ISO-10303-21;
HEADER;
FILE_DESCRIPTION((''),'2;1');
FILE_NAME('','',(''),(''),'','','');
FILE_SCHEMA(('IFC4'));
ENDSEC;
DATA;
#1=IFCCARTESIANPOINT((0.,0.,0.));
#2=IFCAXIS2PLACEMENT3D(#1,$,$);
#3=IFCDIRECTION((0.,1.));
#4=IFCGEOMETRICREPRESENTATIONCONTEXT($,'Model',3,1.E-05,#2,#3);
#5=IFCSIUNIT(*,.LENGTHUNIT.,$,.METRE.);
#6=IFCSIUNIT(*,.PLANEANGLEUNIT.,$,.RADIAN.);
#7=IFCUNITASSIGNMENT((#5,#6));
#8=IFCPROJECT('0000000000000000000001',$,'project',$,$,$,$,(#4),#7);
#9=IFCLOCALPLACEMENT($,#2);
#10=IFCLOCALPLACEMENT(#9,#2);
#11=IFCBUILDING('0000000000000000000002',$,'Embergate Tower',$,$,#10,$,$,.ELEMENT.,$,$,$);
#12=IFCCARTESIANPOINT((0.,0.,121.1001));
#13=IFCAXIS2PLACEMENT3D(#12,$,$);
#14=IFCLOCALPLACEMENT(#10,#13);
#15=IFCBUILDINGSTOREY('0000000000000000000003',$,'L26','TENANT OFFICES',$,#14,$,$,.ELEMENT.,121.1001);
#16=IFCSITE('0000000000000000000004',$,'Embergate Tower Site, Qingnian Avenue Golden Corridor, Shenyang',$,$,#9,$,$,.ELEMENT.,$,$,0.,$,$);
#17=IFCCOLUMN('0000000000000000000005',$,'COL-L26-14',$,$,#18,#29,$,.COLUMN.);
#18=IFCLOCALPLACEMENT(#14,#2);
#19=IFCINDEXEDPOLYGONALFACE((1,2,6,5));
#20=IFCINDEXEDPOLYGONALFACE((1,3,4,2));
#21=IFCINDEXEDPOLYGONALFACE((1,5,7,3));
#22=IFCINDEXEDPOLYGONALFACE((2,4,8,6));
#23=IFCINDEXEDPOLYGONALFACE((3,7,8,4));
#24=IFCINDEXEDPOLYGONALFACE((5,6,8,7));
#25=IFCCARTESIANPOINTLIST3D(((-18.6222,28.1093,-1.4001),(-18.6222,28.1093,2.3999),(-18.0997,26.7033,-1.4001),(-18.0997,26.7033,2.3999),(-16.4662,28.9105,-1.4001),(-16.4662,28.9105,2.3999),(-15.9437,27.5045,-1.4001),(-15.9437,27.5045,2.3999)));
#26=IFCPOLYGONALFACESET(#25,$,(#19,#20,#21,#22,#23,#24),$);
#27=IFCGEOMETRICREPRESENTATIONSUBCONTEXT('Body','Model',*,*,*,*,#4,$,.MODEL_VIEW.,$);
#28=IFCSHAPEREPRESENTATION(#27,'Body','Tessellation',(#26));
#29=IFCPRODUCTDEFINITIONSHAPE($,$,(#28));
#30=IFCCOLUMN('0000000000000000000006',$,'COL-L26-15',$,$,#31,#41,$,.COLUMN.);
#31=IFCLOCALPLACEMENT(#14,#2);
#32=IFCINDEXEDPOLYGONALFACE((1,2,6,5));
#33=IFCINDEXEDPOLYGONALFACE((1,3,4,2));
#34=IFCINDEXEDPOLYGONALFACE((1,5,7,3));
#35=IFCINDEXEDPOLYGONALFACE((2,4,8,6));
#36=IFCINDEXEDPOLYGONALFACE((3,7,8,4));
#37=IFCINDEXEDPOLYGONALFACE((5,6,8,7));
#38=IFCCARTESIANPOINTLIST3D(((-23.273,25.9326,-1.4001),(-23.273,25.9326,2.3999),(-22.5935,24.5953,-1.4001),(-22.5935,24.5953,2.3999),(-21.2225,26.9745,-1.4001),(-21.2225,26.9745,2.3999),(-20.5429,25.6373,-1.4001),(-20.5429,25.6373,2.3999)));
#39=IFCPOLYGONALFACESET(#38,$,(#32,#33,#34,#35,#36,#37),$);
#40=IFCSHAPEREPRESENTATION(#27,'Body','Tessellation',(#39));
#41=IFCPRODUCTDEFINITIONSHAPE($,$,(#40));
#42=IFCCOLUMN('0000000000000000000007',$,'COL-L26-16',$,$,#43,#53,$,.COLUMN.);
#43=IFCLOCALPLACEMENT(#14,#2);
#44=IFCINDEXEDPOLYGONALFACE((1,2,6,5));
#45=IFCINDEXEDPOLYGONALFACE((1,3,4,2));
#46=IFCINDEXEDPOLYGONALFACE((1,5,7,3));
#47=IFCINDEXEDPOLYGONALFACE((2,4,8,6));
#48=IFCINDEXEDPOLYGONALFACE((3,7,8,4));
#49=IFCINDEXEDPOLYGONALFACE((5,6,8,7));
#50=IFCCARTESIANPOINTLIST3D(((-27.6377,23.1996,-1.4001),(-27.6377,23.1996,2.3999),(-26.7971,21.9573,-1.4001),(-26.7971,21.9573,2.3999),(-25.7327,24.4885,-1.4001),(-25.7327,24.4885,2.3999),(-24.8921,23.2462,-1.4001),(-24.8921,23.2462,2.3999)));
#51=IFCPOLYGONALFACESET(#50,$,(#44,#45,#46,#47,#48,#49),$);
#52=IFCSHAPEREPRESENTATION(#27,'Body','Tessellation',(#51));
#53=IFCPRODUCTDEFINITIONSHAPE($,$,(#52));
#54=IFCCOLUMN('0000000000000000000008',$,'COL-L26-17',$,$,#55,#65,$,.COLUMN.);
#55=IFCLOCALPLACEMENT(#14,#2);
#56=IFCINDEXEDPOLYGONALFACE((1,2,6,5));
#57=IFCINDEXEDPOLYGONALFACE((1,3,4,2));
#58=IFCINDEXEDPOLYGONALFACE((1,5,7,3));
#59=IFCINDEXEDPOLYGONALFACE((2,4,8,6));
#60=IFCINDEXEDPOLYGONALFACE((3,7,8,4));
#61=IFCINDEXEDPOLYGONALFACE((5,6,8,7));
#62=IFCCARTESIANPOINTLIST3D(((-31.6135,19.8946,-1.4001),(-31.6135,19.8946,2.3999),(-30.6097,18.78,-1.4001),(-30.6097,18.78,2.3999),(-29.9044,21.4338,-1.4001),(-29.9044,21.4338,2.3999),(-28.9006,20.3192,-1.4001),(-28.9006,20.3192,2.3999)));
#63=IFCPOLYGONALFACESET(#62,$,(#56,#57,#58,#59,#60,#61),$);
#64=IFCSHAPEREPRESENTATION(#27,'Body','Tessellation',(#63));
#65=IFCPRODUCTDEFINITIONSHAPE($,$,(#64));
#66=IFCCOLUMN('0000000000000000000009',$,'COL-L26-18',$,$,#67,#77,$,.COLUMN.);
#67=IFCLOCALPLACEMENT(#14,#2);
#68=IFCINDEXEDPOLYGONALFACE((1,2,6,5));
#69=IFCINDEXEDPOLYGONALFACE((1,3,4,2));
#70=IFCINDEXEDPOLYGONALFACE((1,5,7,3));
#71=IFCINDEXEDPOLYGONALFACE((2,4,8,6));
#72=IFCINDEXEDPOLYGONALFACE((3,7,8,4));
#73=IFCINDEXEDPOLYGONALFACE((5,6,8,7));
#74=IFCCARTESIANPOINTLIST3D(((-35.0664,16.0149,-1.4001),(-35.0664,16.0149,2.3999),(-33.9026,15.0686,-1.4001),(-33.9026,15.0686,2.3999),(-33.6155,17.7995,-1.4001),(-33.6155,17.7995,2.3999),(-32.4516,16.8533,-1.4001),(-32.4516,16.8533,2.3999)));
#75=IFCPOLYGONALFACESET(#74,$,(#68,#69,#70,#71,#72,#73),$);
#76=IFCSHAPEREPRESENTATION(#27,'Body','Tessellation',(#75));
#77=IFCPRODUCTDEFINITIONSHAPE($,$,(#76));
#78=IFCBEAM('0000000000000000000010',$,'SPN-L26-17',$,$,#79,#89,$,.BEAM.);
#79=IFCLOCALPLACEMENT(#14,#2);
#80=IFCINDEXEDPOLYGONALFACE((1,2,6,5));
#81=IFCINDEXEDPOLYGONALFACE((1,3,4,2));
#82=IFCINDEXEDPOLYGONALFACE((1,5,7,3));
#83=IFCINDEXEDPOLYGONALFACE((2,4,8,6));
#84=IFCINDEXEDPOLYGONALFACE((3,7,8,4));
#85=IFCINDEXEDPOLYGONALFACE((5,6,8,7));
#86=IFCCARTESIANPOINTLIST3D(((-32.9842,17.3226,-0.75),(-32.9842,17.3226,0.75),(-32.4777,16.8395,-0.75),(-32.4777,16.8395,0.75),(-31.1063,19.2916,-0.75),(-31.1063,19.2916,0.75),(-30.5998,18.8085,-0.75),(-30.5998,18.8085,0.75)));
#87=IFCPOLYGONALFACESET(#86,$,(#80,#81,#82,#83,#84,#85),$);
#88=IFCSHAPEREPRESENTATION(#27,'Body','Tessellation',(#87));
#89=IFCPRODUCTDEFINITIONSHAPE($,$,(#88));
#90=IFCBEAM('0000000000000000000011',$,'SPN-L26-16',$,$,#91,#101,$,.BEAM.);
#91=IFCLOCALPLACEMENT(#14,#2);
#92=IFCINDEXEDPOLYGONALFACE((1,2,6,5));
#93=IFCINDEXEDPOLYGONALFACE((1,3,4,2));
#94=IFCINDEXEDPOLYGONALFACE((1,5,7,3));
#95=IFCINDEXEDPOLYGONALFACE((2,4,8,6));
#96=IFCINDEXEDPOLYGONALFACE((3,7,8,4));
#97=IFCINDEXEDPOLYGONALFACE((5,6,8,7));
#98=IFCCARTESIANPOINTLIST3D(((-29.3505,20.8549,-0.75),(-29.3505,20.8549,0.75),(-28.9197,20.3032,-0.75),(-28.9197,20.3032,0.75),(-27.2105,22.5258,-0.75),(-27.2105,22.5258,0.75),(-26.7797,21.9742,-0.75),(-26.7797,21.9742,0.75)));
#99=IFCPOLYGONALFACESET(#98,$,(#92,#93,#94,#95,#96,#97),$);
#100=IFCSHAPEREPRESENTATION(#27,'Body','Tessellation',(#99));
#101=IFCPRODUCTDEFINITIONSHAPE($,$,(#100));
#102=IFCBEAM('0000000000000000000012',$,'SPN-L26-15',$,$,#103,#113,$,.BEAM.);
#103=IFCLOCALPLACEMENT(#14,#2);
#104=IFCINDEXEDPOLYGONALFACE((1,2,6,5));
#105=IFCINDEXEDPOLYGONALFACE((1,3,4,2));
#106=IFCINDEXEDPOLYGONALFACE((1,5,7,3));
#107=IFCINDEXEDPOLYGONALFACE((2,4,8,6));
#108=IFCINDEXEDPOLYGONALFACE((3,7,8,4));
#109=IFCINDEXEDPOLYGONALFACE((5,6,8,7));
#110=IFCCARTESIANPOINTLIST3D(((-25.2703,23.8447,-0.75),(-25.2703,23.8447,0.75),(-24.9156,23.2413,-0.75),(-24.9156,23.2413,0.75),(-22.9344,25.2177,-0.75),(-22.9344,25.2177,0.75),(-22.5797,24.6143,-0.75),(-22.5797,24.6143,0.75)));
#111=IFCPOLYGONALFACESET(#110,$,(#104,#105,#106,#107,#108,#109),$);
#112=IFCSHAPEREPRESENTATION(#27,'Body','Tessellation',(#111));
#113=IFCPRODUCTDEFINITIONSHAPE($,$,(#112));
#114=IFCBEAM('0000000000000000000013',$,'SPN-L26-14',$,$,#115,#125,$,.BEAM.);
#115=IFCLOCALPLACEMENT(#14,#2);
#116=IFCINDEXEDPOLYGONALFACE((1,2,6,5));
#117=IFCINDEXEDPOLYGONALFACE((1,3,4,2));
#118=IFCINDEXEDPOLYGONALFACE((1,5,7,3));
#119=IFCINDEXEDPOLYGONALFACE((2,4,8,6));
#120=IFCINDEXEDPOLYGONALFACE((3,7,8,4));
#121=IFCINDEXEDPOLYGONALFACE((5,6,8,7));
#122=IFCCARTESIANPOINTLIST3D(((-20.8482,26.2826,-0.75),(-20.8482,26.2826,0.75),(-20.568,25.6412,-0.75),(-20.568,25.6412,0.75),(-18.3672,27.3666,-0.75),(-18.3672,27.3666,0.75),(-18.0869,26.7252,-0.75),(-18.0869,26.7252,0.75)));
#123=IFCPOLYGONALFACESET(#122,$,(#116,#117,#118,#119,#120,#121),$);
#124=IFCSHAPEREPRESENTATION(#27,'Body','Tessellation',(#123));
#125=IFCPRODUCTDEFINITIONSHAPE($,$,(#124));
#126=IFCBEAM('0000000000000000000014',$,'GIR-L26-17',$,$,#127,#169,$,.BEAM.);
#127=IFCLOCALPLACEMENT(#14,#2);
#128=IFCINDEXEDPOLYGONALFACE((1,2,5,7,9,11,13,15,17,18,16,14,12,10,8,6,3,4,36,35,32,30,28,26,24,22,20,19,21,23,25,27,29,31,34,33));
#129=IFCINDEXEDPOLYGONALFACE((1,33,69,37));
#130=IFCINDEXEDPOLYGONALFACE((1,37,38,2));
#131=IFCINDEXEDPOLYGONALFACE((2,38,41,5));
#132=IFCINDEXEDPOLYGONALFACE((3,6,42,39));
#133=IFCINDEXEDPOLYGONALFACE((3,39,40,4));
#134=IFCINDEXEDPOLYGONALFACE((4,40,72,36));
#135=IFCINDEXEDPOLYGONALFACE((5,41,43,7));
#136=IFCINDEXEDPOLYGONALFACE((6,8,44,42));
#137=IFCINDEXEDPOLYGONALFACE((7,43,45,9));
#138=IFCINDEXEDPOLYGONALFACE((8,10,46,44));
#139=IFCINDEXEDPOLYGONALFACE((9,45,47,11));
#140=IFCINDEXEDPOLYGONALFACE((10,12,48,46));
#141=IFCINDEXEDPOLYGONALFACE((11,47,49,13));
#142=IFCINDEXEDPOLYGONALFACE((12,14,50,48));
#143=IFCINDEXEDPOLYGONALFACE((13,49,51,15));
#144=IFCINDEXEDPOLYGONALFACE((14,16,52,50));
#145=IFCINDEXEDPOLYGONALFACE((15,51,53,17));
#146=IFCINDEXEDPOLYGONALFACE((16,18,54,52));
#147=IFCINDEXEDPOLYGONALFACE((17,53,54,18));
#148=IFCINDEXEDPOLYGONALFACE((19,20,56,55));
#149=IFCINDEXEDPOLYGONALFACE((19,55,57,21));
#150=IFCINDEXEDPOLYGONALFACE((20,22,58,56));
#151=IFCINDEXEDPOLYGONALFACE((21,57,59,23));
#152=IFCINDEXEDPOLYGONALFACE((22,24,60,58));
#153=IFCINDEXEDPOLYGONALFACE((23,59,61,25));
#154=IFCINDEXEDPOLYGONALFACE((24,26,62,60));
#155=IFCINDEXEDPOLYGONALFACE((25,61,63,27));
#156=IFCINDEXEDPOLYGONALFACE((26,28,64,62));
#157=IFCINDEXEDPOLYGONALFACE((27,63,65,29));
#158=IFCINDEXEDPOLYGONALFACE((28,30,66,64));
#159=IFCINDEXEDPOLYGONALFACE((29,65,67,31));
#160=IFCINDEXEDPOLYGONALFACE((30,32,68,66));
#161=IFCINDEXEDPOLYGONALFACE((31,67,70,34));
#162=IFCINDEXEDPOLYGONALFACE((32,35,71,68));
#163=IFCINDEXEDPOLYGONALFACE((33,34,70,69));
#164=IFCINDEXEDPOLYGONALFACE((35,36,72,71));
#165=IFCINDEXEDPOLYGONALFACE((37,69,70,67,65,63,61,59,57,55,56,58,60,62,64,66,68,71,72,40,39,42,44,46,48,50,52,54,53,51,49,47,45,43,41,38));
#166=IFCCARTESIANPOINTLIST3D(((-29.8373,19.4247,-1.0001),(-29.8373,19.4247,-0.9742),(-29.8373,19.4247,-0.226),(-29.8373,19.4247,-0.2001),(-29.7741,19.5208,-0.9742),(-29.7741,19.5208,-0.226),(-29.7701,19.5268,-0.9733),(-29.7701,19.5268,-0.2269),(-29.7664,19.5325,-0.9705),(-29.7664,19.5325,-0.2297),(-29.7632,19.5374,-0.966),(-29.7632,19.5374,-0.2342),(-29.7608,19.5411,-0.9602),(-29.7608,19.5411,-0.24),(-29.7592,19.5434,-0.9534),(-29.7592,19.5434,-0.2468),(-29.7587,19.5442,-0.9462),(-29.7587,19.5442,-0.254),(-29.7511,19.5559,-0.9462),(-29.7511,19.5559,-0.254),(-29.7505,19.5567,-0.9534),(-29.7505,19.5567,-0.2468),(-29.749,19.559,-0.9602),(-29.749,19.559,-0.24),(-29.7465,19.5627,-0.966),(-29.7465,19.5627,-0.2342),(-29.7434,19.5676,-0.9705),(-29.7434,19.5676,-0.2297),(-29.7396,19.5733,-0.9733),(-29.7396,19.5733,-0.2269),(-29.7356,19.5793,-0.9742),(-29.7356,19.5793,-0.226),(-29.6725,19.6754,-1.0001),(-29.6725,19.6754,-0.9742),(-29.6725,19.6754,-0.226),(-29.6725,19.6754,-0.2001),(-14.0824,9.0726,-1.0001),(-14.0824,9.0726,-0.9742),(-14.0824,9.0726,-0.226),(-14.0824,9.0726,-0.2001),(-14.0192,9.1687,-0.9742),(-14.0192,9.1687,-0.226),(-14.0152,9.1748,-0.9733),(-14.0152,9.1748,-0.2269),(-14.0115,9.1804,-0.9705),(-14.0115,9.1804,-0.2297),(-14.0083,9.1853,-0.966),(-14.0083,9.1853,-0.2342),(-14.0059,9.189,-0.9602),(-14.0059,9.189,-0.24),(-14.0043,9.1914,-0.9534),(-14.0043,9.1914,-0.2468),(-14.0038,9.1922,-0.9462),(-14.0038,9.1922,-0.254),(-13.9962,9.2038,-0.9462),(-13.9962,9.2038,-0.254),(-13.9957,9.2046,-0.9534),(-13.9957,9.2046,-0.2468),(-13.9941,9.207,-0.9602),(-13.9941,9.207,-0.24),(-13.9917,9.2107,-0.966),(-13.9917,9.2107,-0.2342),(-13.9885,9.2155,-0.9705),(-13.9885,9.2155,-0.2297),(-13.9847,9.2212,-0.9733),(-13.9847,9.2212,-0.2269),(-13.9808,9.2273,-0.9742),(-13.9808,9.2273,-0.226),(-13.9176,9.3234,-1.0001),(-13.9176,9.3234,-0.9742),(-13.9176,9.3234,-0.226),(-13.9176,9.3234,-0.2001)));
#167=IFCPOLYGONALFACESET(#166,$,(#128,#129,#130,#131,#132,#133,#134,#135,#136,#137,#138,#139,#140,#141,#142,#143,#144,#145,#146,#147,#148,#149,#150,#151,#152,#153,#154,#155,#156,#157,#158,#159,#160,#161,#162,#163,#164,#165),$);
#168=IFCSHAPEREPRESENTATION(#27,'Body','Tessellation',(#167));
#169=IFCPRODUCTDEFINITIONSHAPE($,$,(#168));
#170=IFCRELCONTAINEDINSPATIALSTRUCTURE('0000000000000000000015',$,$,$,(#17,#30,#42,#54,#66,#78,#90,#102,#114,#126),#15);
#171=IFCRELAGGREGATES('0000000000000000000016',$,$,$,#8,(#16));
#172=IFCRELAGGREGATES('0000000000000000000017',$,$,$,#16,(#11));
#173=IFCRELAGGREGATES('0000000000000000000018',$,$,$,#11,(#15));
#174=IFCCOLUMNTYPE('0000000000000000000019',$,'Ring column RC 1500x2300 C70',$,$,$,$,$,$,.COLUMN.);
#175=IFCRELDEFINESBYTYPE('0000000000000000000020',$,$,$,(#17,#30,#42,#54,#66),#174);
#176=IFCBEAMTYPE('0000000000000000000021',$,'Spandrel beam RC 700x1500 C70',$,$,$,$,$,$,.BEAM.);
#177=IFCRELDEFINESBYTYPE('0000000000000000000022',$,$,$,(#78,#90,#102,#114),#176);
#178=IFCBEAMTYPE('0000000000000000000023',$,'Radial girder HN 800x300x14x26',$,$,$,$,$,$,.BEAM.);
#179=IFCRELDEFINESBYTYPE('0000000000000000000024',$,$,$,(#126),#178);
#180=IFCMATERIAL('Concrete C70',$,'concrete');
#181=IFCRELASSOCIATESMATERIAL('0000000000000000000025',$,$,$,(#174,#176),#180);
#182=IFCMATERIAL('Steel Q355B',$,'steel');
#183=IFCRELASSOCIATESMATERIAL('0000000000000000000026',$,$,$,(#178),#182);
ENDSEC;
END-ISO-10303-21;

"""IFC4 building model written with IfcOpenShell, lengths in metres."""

from ifc_helpers import new_model, si_unit, direction, frame, origin, origin_2d, place, context, subcontext, project, spatial, rectangle, i_section, extrude, source, transform, mapped, material, material_profile, profile_set, type_object, element, save


model = new_model("IFC4")

# Units and contexts
model_context = context("Model", 3, precision=1e-05, world=origin(), true_north=direction((0.0, 1.0)))
body_context = subcontext(model_context, "Body", "Model", "MODEL_VIEW")
ifc_project = project(units=[si_unit("LENGTHUNIT", "METRE"), si_unit("PLANEANGLEUNIT", "RADIAN")], contexts=[model_context])

# Site, building, storey
site_placement = place(None, origin())
site = spatial("IfcSite", under=ifc_project, at=site_placement, Name="Embergate Tower Site, Qingnian Avenue Golden Corridor, Shenyang", CompositionType="ELEMENT", RefElevation=0.0)
building_placement = place(site_placement, origin())
building = spatial("IfcBuilding", under=site, at=building_placement, Name="Embergate Tower", CompositionType="ELEMENT")
storey_placement = place(building_placement, frame((0.0, 0.0, 121.1001)))
storey = spatial("IfcBuildingStorey", under=building, at=storey_placement, Name="L26", Description="TENANT OFFICES", CompositionType="ELEMENT", Elevation=121.1001)

# Columns
ifc_material_1 = material(Name="Concrete C70", Category="concrete")
ifc_material_profile_1 = material_profile(ifc_material_1, rectangle(XDim=1.5, YDim=2.3, at=origin_2d()), Name="RC 1500x2300")
ifc_profile_set_1 = profile_set([ifc_material_profile_1], Name="Concrete C70")
column_type = type_object("IfcColumnType", Name="Ring column RC 1500x2300 C70", PredefinedType="COLUMN", material=ifc_profile_set_1)
shared_shape_1 = source(origin(), body_context, "Body", "SweptSolid", [
    extrude(rectangle(XDim=1.5, YDim=2.3, at=origin_2d()), origin(), (0.0, 0.0, 1.0), 3.8),
])
for number, where, z_axis, x_axis, name in (
    (1, (-17.283, 27.8069, -1.4001), (0.0, 0.0, 1.0), (-0.348343, 0.937367, 0.0), "COL-L26-14"),
    (2, (-21.908, 25.7849, -1.4001), (0.0, 0.0, 1.0), (-0.453011, 0.891505, 0.0), "COL-L26-15"),
    (3, (-26.2649, 23.2229, -1.4001), (0.0, 0.0, 1.0), (-0.560393, 0.828227, 0.0), "COL-L26-16"),
    (4, (-30.2571, 20.1069, -1.4001), (0.0, 0.0, 1.0), (-0.669208, 0.743075, 0.0), "COL-L26-17"),
    (5, (-33.759, 16.4341, -1.4001), (0.0, 0.0, 1.0), (-0.775925, 0.630825, 0.0), "COL-L26-18"),
):
    element("IfcColumn", number, at=place(storey_placement, frame(where, z_axis=z_axis, x_axis=x_axis)), inside=storey, type_object=column_type, Name=name, PredefinedType="COLUMN", context=body_context, shape_type="MappedRepresentation", body=[
        mapped(shared_shape_1, transform((0.0, 0.0, 0.0))),
    ])

# Beams
ifc_material_profile_2 = material_profile(ifc_material_1, rectangle(XDim=0.7, YDim=1.5, at=origin_2d()), Name="RC 700x1500")
ifc_profile_set_2 = profile_set([ifc_material_profile_2], Name="Concrete C70")
beam_type_1 = type_object("IfcBeamType", Name="Spandrel beam RC 700x1500 C70", PredefinedType="BEAM", material=ifc_profile_set_2)
shared_shape_2 = source(origin(), body_context, "Body", "SweptSolid", [
    extrude(rectangle(XDim=0.7, YDim=1.5, at=origin_2d()), origin(), (0.0, 0.0, 1.0), 2.7209),
])
beam_1_placement = place(storey_placement, frame((-30.853, 19.05, 0.0), z_axis=(-0.690175, -0.723643, 0.0), x_axis=(0.723643, -0.690175, 0.0)))
element("IfcBeam", 6, at=beam_1_placement, inside=storey, type_object=beam_type_1, Name="SPN-L26-17", PredefinedType="BEAM", context=body_context, shape_type="MappedRepresentation", body=[
    mapped(shared_shape_2, transform((0.0, 0.0, 0.0))),
])
shared_shape_3 = source(origin(), body_context, "Body", "SweptSolid", [
    extrude(rectangle(XDim=0.7, YDim=1.5, at=origin_2d()), origin(), (0.0, 0.0, 1.0), 2.7151),
])
beam_2_placement = place(storey_placement, frame((-26.9951, 22.25, 0.0), z_axis=(-0.788184, -0.61544, 0.0), x_axis=(0.61544, -0.788184, 0.0)))
element("IfcBeam", 7, at=beam_2_placement, inside=storey, type_object=beam_type_1, Name="SPN-L26-16", PredefinedType="BEAM", context=body_context, shape_type="MappedRepresentation", body=[
    mapped(shared_shape_3, transform((0.0, 0.0, 0.0))),
])
shared_shape_4 = source(origin(), body_context, "Body", "SweptSolid", [
    extrude(rectangle(XDim=0.7, YDim=1.5, at=origin_2d()), origin(), (0.0, 0.0, 1.0), 2.7095),
])
beam_3_placement = place(storey_placement, frame((-22.7571, 24.916, 0.0), z_axis=(-0.862101, -0.506737, 0.0), x_axis=(0.506737, -0.862101, 0.0)))
element("IfcBeam", 8, at=beam_3_placement, inside=storey, type_object=beam_type_1, Name="SPN-L26-15", PredefinedType="BEAM", context=body_context, shape_type="MappedRepresentation", body=[
    mapped(shared_shape_4, transform((0.0, 0.0, 0.0))),
])
shared_shape_5 = source(origin(), body_context, "Body", "SweptSolid", [
    extrude(rectangle(XDim=0.7, YDim=1.5, at=origin_2d()), origin(), (0.0, 0.0, 1.0), 2.7075),
])
beam_4_placement = place(storey_placement, frame((-18.2271, 27.0459, 0.0), z_axis=(-0.916352, -0.400374, 0.0), x_axis=(0.400374, -0.916352, 0.0)))
element("IfcBeam", 9, at=beam_4_placement, inside=storey, type_object=beam_type_1, Name="SPN-L26-14", PredefinedType="BEAM", context=body_context, shape_type="MappedRepresentation", body=[
    mapped(shared_shape_5, transform((0.0, 0.0, 0.0))),
])
ifc_material_2 = material(Name="Steel Q355B", Category="steel")
ifc_material_profile_3 = material_profile(ifc_material_2, i_section(OverallWidth=0.3, OverallDepth=0.8, WebThickness=0.0139, FlangeThickness=0.0259, FilletRadius=0.0281, at=origin_2d()), Name="HN 800x300x14x26")
ifc_profile_set_3 = profile_set([ifc_material_profile_3], Name="Steel Q355 grade B")
beam_type_2 = type_object("IfcBeamType", Name="Radial girder HN 800x300x14x26", PredefinedType="BEAM", material=ifc_profile_set_3)
shared_shape_6 = source(origin(), body_context, "Body", "SweptSolid", [
    extrude(i_section(OverallWidth=0.3, OverallDepth=0.8, WebThickness=0.0139, FlangeThickness=0.0259, FilletRadius=0.0281, at=origin_2d()), origin(), (0.0, 0.0, 1.0), 18.8516),
])
beam_5_placement = place(storey_placement, frame((-29.7549, 19.55, -0.6001), z_axis=(0.835734, -0.549135, 0.0), x_axis=(0.549135, 0.835734, 0.0)))
element("IfcBeam", 10, at=beam_5_placement, inside=storey, type_object=beam_type_2, Name="GIR-L26-17", PredefinedType="BEAM", context=body_context, shape_type="MappedRepresentation", body=[
    mapped(shared_shape_6, transform((0.0, 0.0, 0.0))),
])

save(model, "model.ifc")
